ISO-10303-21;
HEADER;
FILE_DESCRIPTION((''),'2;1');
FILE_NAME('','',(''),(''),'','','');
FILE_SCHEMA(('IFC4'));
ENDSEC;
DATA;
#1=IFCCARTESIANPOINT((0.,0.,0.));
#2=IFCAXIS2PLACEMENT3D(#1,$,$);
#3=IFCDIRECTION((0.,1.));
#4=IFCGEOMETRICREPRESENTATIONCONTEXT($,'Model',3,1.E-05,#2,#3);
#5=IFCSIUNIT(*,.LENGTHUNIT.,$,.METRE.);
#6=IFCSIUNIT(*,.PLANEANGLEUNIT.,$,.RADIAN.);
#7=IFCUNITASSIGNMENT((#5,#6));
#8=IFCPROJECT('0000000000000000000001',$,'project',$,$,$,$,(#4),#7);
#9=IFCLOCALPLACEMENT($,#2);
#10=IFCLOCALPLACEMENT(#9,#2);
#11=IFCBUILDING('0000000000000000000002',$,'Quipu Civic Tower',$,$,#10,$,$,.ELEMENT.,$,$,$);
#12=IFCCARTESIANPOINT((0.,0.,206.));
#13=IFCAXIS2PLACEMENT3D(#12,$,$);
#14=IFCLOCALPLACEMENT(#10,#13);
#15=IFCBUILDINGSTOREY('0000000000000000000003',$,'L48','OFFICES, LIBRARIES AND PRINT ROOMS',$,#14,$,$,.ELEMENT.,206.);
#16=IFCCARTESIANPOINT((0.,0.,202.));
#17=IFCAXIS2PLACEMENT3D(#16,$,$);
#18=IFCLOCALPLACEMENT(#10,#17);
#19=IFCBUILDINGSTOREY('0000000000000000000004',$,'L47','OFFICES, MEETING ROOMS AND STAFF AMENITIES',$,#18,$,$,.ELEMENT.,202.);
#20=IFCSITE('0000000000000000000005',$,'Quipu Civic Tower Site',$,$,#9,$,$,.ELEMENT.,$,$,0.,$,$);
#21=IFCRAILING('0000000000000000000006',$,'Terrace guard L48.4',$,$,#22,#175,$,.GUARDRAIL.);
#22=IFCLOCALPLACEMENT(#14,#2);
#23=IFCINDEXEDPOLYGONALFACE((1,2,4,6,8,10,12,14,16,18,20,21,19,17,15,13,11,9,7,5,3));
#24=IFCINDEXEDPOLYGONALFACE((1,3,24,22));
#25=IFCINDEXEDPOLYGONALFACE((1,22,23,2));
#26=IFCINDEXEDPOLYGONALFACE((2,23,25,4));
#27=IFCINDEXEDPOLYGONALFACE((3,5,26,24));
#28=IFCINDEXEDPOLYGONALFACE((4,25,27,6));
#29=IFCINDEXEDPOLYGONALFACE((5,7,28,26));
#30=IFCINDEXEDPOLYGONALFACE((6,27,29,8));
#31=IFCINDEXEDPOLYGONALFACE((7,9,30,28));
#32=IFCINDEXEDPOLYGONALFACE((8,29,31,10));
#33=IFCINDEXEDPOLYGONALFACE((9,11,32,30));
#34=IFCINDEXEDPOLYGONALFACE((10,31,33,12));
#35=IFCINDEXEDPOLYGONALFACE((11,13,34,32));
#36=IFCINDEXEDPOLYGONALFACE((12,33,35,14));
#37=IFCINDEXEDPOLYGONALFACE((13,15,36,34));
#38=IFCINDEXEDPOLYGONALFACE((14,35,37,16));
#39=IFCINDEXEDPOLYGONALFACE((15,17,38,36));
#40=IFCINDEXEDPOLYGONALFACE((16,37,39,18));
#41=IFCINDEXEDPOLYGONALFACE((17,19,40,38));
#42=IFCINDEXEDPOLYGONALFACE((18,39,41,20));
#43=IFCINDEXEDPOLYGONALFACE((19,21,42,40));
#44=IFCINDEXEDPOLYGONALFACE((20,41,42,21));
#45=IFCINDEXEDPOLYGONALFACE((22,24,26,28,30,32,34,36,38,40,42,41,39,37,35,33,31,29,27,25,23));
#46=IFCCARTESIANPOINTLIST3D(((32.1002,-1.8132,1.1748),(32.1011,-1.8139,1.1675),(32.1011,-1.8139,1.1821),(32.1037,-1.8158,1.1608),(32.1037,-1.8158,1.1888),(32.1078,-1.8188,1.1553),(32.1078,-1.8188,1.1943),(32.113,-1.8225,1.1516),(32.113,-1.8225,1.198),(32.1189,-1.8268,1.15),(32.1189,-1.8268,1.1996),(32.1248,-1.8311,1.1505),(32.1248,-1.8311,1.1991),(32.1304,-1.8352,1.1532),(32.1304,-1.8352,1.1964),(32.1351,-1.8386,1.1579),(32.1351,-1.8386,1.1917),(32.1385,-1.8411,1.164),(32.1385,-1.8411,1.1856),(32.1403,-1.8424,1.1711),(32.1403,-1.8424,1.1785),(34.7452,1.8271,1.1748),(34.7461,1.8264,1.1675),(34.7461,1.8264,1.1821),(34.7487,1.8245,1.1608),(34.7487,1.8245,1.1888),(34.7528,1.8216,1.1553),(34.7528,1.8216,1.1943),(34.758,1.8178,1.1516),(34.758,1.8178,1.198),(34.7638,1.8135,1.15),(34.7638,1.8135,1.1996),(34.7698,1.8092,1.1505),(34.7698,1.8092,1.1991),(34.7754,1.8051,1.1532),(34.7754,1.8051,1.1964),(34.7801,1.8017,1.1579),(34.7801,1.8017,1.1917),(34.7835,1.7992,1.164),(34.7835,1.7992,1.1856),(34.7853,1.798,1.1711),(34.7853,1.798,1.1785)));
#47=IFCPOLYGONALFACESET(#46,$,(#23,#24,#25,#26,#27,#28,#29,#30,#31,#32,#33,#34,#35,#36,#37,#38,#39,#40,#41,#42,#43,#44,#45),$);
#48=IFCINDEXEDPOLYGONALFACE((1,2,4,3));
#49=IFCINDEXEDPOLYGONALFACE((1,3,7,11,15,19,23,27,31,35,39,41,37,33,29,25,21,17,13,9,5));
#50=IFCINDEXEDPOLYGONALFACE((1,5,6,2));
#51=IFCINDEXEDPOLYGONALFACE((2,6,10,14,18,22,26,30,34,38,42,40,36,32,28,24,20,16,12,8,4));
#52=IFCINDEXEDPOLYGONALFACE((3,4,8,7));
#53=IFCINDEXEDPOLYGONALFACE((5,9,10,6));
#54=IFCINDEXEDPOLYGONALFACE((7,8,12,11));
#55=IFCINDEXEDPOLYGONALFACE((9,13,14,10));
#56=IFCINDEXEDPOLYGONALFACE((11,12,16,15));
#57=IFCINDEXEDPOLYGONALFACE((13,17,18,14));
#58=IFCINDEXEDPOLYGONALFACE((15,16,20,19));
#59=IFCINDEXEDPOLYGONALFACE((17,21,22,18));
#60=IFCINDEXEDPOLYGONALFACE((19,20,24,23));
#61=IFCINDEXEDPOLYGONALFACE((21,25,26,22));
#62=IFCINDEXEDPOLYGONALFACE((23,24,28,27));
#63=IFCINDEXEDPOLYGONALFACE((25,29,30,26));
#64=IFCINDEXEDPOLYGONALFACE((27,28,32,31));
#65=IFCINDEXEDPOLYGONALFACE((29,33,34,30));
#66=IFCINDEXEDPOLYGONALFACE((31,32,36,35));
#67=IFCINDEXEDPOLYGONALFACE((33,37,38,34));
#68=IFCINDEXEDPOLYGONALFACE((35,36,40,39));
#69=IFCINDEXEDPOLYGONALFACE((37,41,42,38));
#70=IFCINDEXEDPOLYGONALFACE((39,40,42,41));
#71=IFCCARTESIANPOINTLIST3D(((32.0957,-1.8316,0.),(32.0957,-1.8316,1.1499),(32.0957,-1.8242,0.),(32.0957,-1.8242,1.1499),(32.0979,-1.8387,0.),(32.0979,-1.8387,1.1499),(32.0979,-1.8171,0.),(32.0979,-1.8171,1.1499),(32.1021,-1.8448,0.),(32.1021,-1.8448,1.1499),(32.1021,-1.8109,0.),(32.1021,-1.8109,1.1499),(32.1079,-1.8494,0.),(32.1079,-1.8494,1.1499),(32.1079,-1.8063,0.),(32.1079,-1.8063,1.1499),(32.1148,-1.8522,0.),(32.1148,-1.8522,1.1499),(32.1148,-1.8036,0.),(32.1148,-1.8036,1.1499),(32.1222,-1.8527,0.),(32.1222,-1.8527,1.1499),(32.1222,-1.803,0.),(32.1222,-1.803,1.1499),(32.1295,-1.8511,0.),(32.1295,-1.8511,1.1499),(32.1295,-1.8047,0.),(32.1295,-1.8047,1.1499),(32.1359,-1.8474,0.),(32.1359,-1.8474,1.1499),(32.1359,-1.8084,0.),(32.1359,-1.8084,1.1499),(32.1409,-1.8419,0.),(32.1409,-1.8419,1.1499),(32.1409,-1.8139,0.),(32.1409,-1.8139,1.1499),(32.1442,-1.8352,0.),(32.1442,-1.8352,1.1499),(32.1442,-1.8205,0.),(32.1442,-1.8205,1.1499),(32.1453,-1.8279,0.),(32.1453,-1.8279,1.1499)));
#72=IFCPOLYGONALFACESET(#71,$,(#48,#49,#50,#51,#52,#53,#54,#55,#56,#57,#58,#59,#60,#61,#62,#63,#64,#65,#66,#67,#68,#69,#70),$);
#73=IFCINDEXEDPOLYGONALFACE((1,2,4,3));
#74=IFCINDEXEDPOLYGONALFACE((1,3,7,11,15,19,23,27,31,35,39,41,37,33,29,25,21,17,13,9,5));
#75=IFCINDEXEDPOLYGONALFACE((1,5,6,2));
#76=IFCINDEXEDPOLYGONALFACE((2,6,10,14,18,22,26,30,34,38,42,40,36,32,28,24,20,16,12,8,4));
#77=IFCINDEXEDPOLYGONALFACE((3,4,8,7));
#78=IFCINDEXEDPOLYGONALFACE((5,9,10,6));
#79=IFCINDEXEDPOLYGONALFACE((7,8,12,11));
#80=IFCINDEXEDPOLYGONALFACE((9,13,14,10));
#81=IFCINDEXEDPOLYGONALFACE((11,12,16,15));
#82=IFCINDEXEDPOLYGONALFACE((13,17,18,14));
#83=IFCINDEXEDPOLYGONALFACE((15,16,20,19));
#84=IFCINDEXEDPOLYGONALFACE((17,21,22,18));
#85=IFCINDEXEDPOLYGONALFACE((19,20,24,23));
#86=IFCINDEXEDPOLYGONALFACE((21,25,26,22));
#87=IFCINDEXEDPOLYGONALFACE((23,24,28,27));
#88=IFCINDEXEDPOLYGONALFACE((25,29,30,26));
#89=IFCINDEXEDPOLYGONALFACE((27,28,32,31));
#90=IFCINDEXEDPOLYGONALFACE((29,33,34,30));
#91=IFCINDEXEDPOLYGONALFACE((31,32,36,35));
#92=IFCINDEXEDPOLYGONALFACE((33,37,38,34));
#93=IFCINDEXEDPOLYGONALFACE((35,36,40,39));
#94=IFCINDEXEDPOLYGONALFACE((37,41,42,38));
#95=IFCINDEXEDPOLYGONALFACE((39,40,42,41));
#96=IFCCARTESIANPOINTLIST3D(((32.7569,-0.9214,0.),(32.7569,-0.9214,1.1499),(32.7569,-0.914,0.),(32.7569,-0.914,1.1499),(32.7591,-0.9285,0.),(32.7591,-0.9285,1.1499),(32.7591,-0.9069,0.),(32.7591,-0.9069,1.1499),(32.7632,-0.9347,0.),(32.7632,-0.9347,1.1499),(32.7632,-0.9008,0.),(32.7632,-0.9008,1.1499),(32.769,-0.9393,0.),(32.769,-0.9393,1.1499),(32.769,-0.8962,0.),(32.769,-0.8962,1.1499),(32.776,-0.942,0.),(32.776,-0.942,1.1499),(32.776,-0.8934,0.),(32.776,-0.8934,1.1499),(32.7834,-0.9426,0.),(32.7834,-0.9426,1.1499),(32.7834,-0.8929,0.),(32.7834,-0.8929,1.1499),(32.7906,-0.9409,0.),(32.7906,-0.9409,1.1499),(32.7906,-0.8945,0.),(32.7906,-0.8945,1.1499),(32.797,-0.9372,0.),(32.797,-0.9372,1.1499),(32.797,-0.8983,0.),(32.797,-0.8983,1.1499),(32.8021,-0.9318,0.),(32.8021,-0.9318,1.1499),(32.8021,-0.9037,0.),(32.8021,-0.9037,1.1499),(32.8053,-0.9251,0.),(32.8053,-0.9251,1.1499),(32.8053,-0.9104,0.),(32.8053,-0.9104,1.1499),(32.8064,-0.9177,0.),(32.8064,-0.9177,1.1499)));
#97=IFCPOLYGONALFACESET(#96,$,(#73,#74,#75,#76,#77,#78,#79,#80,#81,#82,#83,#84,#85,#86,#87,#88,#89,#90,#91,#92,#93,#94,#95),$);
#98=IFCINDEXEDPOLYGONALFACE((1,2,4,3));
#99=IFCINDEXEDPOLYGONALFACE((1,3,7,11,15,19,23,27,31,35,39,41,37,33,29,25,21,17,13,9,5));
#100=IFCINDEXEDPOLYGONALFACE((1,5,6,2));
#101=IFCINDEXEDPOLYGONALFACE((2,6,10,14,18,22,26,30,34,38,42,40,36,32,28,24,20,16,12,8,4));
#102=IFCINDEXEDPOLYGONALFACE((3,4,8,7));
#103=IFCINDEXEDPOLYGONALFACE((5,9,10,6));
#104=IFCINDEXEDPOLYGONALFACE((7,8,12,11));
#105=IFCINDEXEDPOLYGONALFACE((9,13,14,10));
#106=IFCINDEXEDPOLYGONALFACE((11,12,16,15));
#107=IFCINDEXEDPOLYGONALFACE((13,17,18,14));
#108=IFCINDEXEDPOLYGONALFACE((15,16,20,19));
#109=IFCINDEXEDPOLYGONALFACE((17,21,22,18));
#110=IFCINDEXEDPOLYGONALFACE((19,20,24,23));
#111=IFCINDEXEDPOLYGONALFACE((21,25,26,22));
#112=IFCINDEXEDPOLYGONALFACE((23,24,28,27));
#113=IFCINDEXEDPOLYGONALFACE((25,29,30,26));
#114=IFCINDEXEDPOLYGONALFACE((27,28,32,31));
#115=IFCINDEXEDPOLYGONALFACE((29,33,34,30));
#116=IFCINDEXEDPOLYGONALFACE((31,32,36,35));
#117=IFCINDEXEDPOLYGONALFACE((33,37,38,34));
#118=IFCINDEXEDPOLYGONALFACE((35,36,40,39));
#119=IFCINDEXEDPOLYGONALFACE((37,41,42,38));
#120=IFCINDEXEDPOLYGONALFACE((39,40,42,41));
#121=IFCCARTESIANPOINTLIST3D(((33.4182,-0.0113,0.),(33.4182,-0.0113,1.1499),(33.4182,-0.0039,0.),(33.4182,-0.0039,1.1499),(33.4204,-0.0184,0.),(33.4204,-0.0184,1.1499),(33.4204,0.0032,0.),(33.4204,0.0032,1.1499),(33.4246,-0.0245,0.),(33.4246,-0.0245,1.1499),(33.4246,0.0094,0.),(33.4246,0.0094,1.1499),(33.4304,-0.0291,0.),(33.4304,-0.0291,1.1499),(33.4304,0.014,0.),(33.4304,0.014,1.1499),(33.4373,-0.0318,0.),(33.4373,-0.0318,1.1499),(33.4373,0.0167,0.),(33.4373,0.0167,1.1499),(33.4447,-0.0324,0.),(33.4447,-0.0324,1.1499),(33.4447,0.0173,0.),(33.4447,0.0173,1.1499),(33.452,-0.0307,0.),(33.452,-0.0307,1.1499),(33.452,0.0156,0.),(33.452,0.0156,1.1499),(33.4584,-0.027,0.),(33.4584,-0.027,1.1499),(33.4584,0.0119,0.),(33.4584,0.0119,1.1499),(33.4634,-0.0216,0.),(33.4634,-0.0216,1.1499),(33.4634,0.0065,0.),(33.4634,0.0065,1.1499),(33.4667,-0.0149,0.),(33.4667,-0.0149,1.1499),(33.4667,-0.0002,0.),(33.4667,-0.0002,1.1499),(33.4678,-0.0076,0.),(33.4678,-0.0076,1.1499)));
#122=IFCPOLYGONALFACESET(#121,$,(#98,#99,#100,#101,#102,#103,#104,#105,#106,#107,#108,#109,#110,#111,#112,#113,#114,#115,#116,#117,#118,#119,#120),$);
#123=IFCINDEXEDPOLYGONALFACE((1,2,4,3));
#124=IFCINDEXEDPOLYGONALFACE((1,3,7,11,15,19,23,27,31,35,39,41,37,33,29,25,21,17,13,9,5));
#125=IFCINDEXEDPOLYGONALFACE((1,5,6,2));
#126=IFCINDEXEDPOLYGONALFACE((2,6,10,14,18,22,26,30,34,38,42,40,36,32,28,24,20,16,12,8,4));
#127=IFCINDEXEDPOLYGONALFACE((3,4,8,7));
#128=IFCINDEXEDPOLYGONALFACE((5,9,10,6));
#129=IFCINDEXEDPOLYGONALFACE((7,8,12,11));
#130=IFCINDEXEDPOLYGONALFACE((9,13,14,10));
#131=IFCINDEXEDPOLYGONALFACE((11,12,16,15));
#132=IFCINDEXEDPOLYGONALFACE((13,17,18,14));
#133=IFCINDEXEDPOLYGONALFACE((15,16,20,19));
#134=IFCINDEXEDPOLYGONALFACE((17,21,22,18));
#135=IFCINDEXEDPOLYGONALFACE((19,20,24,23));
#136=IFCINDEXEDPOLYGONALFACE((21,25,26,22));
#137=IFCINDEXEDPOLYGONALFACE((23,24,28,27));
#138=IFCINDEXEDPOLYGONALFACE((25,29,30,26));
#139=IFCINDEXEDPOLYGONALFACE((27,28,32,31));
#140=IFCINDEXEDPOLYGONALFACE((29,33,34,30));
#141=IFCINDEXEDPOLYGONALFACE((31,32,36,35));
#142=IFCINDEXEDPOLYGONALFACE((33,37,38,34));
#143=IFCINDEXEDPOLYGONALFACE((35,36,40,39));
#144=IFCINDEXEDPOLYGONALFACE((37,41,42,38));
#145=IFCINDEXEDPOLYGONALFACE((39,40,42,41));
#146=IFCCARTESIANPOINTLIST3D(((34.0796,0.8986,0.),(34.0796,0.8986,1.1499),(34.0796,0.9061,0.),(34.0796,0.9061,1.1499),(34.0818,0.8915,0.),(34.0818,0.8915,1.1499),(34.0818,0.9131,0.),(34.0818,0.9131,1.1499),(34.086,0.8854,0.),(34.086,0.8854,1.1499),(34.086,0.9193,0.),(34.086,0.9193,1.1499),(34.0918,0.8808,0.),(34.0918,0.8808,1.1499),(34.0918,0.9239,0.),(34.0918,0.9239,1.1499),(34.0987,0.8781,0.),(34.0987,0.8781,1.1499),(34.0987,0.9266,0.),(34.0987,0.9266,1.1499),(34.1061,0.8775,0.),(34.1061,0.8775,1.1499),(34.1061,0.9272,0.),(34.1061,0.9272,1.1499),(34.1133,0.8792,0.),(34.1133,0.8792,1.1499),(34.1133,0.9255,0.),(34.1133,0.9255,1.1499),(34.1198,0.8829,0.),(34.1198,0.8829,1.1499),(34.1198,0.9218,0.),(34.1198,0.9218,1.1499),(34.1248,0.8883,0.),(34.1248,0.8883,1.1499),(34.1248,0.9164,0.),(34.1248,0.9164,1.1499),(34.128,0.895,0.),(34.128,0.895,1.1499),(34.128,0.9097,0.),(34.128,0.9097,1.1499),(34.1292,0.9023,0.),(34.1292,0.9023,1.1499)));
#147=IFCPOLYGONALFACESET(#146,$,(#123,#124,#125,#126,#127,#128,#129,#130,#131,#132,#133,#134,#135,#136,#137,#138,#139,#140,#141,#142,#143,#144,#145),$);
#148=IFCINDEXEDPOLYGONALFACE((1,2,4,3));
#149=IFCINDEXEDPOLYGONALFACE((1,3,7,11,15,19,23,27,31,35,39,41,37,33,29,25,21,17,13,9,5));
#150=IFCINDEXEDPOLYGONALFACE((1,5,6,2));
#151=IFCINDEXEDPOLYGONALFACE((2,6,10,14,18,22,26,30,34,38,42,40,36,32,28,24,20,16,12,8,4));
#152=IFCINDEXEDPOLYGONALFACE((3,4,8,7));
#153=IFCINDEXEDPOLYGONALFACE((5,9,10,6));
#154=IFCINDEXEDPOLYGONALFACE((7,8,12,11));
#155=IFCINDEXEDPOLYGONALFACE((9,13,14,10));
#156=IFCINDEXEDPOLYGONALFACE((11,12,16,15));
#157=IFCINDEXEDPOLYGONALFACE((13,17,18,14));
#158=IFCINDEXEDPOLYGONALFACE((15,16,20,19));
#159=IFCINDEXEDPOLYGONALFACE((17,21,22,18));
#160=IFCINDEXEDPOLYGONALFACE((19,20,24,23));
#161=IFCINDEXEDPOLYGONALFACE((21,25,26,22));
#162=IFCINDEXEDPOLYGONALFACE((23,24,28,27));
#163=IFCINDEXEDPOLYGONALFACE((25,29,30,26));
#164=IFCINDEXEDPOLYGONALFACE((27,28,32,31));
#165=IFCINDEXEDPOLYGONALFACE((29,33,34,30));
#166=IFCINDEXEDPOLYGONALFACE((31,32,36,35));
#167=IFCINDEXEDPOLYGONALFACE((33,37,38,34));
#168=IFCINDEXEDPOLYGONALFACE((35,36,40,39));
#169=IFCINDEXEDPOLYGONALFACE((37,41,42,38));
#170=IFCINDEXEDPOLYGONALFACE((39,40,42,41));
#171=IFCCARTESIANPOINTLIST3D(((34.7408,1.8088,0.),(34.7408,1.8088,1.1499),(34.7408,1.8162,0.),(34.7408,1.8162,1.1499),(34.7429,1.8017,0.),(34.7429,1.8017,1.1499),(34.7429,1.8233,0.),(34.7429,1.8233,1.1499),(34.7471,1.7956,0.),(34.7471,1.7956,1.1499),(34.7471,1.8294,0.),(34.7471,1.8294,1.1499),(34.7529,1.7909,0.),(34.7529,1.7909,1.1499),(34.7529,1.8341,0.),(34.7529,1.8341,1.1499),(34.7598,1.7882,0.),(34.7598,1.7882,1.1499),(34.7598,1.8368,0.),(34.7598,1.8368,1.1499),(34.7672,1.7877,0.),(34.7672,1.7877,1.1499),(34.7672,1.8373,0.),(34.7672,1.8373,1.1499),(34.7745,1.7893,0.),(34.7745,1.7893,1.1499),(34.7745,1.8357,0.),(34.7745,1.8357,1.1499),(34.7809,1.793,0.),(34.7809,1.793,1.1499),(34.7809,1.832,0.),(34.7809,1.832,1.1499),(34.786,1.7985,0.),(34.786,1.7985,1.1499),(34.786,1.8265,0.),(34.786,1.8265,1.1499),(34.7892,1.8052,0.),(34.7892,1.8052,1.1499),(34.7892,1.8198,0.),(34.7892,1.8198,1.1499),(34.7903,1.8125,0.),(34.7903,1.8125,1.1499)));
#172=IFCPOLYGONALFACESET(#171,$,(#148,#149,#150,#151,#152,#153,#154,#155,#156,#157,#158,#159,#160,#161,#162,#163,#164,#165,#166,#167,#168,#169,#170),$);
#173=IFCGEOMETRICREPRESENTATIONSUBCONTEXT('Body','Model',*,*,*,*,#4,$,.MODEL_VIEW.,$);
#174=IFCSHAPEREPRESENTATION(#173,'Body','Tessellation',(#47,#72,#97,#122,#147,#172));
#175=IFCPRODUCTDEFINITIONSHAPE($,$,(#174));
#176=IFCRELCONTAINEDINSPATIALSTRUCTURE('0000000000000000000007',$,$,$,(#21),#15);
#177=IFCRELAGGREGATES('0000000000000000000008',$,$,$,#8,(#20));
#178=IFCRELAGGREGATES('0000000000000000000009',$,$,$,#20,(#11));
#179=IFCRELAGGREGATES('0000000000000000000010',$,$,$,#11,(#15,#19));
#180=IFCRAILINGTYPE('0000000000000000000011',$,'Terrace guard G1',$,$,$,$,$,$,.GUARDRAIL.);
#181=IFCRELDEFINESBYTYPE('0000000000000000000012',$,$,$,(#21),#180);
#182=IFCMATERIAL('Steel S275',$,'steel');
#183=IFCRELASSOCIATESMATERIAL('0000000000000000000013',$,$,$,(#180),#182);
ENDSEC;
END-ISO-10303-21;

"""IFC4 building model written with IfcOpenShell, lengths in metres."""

from ifc_helpers import new_model, si_unit, direction, frame, origin, origin_2d, place, context, subcontext, project, spatial, circle, extrude, material, type_object, element, save


model = new_model("IFC4")

# Units and contexts
model_context = context("Model", 3, precision=1e-05, world=origin(), true_north=direction((0.0, 1.0)))
body_context = subcontext(model_context, "Body", "Model", "MODEL_VIEW")
ifc_project = project(units=[si_unit("LENGTHUNIT", "METRE"), si_unit("PLANEANGLEUNIT", "RADIAN")], contexts=[model_context])

# Site, building, storey
site_placement = place(None, origin())
site = spatial("IfcSite", under=ifc_project, at=site_placement, Name="Quipu Civic Tower Site", CompositionType="ELEMENT", RefElevation=0.0)
building_placement = place(site_placement, origin())
building = spatial("IfcBuilding", under=site, at=building_placement, Name="Quipu Civic Tower", CompositionType="ELEMENT")
storey_1_placement = place(building_placement, frame((0.0, 0.0, 206.0)))
storey_1 = spatial("IfcBuildingStorey", under=building, at=storey_1_placement, Name="L48", Description="OFFICES, LIBRARIES AND PRINT ROOMS", CompositionType="ELEMENT", Elevation=206.0)

# Shared definitions
storey_2_placement = place(building_placement, frame((0.0, 0.0, 202.0)))
storey_2 = spatial("IfcBuildingStorey", under=building, at=storey_2_placement, Name="L47", Description="OFFICES, MEETING ROOMS AND STAFF AMENITIES", CompositionType="ELEMENT", Elevation=202.0)

# Railing
ifc_material_1 = material(Name="Steel S275", Category="steel")
railing_type = type_object("IfcRailingType", Name="Terrace guard G1", PredefinedType="GUARDRAIL", material=ifc_material_1)
railing_1_placement = place(storey_1_placement, frame((32.1204, -1.8279, 0.0)))
element("IfcRailing", 1, at=railing_1_placement, inside=storey_1, type_object=railing_type, Name="Terrace guard L48.4", PredefinedType="GUARDRAIL", context=body_context, shape_type="SweptSolid", body=[
    extrude(circle(Radius=0.0249, at=origin_2d()), frame((0.0, 0.0, 1.1748), z_axis=(0.587804, 0.809003, 0.0), x_axis=(-0.809003, 0.587804, 0.0)), (0.0, 0.0, 1.0), 4.4998),
    extrude(circle(Radius=0.0249, at=origin_2d()), origin(), (0.0, 0.0, 1.0), 1.1499),
    extrude(circle(Radius=0.0249, at=origin_2d()), frame((0.6611, 0.9102, 0.0)), (0.0, 0.0, 1.0), 1.1499),
    extrude(circle(Radius=0.0249, at=origin_2d()), frame((1.3225, 1.8203, 0.0)), (0.0, 0.0, 1.0), 1.1499),
    extrude(circle(Radius=0.0249, at=origin_2d()), frame((1.9839, 2.7302, 0.0)), (0.0, 0.0, 1.0), 1.1499),
    extrude(circle(Radius=0.0249, at=origin_2d()), frame((2.645, 3.6404, 0.0)), (0.0, 0.0, 1.0), 1.1499),
])

save(model, "model.ifc")
